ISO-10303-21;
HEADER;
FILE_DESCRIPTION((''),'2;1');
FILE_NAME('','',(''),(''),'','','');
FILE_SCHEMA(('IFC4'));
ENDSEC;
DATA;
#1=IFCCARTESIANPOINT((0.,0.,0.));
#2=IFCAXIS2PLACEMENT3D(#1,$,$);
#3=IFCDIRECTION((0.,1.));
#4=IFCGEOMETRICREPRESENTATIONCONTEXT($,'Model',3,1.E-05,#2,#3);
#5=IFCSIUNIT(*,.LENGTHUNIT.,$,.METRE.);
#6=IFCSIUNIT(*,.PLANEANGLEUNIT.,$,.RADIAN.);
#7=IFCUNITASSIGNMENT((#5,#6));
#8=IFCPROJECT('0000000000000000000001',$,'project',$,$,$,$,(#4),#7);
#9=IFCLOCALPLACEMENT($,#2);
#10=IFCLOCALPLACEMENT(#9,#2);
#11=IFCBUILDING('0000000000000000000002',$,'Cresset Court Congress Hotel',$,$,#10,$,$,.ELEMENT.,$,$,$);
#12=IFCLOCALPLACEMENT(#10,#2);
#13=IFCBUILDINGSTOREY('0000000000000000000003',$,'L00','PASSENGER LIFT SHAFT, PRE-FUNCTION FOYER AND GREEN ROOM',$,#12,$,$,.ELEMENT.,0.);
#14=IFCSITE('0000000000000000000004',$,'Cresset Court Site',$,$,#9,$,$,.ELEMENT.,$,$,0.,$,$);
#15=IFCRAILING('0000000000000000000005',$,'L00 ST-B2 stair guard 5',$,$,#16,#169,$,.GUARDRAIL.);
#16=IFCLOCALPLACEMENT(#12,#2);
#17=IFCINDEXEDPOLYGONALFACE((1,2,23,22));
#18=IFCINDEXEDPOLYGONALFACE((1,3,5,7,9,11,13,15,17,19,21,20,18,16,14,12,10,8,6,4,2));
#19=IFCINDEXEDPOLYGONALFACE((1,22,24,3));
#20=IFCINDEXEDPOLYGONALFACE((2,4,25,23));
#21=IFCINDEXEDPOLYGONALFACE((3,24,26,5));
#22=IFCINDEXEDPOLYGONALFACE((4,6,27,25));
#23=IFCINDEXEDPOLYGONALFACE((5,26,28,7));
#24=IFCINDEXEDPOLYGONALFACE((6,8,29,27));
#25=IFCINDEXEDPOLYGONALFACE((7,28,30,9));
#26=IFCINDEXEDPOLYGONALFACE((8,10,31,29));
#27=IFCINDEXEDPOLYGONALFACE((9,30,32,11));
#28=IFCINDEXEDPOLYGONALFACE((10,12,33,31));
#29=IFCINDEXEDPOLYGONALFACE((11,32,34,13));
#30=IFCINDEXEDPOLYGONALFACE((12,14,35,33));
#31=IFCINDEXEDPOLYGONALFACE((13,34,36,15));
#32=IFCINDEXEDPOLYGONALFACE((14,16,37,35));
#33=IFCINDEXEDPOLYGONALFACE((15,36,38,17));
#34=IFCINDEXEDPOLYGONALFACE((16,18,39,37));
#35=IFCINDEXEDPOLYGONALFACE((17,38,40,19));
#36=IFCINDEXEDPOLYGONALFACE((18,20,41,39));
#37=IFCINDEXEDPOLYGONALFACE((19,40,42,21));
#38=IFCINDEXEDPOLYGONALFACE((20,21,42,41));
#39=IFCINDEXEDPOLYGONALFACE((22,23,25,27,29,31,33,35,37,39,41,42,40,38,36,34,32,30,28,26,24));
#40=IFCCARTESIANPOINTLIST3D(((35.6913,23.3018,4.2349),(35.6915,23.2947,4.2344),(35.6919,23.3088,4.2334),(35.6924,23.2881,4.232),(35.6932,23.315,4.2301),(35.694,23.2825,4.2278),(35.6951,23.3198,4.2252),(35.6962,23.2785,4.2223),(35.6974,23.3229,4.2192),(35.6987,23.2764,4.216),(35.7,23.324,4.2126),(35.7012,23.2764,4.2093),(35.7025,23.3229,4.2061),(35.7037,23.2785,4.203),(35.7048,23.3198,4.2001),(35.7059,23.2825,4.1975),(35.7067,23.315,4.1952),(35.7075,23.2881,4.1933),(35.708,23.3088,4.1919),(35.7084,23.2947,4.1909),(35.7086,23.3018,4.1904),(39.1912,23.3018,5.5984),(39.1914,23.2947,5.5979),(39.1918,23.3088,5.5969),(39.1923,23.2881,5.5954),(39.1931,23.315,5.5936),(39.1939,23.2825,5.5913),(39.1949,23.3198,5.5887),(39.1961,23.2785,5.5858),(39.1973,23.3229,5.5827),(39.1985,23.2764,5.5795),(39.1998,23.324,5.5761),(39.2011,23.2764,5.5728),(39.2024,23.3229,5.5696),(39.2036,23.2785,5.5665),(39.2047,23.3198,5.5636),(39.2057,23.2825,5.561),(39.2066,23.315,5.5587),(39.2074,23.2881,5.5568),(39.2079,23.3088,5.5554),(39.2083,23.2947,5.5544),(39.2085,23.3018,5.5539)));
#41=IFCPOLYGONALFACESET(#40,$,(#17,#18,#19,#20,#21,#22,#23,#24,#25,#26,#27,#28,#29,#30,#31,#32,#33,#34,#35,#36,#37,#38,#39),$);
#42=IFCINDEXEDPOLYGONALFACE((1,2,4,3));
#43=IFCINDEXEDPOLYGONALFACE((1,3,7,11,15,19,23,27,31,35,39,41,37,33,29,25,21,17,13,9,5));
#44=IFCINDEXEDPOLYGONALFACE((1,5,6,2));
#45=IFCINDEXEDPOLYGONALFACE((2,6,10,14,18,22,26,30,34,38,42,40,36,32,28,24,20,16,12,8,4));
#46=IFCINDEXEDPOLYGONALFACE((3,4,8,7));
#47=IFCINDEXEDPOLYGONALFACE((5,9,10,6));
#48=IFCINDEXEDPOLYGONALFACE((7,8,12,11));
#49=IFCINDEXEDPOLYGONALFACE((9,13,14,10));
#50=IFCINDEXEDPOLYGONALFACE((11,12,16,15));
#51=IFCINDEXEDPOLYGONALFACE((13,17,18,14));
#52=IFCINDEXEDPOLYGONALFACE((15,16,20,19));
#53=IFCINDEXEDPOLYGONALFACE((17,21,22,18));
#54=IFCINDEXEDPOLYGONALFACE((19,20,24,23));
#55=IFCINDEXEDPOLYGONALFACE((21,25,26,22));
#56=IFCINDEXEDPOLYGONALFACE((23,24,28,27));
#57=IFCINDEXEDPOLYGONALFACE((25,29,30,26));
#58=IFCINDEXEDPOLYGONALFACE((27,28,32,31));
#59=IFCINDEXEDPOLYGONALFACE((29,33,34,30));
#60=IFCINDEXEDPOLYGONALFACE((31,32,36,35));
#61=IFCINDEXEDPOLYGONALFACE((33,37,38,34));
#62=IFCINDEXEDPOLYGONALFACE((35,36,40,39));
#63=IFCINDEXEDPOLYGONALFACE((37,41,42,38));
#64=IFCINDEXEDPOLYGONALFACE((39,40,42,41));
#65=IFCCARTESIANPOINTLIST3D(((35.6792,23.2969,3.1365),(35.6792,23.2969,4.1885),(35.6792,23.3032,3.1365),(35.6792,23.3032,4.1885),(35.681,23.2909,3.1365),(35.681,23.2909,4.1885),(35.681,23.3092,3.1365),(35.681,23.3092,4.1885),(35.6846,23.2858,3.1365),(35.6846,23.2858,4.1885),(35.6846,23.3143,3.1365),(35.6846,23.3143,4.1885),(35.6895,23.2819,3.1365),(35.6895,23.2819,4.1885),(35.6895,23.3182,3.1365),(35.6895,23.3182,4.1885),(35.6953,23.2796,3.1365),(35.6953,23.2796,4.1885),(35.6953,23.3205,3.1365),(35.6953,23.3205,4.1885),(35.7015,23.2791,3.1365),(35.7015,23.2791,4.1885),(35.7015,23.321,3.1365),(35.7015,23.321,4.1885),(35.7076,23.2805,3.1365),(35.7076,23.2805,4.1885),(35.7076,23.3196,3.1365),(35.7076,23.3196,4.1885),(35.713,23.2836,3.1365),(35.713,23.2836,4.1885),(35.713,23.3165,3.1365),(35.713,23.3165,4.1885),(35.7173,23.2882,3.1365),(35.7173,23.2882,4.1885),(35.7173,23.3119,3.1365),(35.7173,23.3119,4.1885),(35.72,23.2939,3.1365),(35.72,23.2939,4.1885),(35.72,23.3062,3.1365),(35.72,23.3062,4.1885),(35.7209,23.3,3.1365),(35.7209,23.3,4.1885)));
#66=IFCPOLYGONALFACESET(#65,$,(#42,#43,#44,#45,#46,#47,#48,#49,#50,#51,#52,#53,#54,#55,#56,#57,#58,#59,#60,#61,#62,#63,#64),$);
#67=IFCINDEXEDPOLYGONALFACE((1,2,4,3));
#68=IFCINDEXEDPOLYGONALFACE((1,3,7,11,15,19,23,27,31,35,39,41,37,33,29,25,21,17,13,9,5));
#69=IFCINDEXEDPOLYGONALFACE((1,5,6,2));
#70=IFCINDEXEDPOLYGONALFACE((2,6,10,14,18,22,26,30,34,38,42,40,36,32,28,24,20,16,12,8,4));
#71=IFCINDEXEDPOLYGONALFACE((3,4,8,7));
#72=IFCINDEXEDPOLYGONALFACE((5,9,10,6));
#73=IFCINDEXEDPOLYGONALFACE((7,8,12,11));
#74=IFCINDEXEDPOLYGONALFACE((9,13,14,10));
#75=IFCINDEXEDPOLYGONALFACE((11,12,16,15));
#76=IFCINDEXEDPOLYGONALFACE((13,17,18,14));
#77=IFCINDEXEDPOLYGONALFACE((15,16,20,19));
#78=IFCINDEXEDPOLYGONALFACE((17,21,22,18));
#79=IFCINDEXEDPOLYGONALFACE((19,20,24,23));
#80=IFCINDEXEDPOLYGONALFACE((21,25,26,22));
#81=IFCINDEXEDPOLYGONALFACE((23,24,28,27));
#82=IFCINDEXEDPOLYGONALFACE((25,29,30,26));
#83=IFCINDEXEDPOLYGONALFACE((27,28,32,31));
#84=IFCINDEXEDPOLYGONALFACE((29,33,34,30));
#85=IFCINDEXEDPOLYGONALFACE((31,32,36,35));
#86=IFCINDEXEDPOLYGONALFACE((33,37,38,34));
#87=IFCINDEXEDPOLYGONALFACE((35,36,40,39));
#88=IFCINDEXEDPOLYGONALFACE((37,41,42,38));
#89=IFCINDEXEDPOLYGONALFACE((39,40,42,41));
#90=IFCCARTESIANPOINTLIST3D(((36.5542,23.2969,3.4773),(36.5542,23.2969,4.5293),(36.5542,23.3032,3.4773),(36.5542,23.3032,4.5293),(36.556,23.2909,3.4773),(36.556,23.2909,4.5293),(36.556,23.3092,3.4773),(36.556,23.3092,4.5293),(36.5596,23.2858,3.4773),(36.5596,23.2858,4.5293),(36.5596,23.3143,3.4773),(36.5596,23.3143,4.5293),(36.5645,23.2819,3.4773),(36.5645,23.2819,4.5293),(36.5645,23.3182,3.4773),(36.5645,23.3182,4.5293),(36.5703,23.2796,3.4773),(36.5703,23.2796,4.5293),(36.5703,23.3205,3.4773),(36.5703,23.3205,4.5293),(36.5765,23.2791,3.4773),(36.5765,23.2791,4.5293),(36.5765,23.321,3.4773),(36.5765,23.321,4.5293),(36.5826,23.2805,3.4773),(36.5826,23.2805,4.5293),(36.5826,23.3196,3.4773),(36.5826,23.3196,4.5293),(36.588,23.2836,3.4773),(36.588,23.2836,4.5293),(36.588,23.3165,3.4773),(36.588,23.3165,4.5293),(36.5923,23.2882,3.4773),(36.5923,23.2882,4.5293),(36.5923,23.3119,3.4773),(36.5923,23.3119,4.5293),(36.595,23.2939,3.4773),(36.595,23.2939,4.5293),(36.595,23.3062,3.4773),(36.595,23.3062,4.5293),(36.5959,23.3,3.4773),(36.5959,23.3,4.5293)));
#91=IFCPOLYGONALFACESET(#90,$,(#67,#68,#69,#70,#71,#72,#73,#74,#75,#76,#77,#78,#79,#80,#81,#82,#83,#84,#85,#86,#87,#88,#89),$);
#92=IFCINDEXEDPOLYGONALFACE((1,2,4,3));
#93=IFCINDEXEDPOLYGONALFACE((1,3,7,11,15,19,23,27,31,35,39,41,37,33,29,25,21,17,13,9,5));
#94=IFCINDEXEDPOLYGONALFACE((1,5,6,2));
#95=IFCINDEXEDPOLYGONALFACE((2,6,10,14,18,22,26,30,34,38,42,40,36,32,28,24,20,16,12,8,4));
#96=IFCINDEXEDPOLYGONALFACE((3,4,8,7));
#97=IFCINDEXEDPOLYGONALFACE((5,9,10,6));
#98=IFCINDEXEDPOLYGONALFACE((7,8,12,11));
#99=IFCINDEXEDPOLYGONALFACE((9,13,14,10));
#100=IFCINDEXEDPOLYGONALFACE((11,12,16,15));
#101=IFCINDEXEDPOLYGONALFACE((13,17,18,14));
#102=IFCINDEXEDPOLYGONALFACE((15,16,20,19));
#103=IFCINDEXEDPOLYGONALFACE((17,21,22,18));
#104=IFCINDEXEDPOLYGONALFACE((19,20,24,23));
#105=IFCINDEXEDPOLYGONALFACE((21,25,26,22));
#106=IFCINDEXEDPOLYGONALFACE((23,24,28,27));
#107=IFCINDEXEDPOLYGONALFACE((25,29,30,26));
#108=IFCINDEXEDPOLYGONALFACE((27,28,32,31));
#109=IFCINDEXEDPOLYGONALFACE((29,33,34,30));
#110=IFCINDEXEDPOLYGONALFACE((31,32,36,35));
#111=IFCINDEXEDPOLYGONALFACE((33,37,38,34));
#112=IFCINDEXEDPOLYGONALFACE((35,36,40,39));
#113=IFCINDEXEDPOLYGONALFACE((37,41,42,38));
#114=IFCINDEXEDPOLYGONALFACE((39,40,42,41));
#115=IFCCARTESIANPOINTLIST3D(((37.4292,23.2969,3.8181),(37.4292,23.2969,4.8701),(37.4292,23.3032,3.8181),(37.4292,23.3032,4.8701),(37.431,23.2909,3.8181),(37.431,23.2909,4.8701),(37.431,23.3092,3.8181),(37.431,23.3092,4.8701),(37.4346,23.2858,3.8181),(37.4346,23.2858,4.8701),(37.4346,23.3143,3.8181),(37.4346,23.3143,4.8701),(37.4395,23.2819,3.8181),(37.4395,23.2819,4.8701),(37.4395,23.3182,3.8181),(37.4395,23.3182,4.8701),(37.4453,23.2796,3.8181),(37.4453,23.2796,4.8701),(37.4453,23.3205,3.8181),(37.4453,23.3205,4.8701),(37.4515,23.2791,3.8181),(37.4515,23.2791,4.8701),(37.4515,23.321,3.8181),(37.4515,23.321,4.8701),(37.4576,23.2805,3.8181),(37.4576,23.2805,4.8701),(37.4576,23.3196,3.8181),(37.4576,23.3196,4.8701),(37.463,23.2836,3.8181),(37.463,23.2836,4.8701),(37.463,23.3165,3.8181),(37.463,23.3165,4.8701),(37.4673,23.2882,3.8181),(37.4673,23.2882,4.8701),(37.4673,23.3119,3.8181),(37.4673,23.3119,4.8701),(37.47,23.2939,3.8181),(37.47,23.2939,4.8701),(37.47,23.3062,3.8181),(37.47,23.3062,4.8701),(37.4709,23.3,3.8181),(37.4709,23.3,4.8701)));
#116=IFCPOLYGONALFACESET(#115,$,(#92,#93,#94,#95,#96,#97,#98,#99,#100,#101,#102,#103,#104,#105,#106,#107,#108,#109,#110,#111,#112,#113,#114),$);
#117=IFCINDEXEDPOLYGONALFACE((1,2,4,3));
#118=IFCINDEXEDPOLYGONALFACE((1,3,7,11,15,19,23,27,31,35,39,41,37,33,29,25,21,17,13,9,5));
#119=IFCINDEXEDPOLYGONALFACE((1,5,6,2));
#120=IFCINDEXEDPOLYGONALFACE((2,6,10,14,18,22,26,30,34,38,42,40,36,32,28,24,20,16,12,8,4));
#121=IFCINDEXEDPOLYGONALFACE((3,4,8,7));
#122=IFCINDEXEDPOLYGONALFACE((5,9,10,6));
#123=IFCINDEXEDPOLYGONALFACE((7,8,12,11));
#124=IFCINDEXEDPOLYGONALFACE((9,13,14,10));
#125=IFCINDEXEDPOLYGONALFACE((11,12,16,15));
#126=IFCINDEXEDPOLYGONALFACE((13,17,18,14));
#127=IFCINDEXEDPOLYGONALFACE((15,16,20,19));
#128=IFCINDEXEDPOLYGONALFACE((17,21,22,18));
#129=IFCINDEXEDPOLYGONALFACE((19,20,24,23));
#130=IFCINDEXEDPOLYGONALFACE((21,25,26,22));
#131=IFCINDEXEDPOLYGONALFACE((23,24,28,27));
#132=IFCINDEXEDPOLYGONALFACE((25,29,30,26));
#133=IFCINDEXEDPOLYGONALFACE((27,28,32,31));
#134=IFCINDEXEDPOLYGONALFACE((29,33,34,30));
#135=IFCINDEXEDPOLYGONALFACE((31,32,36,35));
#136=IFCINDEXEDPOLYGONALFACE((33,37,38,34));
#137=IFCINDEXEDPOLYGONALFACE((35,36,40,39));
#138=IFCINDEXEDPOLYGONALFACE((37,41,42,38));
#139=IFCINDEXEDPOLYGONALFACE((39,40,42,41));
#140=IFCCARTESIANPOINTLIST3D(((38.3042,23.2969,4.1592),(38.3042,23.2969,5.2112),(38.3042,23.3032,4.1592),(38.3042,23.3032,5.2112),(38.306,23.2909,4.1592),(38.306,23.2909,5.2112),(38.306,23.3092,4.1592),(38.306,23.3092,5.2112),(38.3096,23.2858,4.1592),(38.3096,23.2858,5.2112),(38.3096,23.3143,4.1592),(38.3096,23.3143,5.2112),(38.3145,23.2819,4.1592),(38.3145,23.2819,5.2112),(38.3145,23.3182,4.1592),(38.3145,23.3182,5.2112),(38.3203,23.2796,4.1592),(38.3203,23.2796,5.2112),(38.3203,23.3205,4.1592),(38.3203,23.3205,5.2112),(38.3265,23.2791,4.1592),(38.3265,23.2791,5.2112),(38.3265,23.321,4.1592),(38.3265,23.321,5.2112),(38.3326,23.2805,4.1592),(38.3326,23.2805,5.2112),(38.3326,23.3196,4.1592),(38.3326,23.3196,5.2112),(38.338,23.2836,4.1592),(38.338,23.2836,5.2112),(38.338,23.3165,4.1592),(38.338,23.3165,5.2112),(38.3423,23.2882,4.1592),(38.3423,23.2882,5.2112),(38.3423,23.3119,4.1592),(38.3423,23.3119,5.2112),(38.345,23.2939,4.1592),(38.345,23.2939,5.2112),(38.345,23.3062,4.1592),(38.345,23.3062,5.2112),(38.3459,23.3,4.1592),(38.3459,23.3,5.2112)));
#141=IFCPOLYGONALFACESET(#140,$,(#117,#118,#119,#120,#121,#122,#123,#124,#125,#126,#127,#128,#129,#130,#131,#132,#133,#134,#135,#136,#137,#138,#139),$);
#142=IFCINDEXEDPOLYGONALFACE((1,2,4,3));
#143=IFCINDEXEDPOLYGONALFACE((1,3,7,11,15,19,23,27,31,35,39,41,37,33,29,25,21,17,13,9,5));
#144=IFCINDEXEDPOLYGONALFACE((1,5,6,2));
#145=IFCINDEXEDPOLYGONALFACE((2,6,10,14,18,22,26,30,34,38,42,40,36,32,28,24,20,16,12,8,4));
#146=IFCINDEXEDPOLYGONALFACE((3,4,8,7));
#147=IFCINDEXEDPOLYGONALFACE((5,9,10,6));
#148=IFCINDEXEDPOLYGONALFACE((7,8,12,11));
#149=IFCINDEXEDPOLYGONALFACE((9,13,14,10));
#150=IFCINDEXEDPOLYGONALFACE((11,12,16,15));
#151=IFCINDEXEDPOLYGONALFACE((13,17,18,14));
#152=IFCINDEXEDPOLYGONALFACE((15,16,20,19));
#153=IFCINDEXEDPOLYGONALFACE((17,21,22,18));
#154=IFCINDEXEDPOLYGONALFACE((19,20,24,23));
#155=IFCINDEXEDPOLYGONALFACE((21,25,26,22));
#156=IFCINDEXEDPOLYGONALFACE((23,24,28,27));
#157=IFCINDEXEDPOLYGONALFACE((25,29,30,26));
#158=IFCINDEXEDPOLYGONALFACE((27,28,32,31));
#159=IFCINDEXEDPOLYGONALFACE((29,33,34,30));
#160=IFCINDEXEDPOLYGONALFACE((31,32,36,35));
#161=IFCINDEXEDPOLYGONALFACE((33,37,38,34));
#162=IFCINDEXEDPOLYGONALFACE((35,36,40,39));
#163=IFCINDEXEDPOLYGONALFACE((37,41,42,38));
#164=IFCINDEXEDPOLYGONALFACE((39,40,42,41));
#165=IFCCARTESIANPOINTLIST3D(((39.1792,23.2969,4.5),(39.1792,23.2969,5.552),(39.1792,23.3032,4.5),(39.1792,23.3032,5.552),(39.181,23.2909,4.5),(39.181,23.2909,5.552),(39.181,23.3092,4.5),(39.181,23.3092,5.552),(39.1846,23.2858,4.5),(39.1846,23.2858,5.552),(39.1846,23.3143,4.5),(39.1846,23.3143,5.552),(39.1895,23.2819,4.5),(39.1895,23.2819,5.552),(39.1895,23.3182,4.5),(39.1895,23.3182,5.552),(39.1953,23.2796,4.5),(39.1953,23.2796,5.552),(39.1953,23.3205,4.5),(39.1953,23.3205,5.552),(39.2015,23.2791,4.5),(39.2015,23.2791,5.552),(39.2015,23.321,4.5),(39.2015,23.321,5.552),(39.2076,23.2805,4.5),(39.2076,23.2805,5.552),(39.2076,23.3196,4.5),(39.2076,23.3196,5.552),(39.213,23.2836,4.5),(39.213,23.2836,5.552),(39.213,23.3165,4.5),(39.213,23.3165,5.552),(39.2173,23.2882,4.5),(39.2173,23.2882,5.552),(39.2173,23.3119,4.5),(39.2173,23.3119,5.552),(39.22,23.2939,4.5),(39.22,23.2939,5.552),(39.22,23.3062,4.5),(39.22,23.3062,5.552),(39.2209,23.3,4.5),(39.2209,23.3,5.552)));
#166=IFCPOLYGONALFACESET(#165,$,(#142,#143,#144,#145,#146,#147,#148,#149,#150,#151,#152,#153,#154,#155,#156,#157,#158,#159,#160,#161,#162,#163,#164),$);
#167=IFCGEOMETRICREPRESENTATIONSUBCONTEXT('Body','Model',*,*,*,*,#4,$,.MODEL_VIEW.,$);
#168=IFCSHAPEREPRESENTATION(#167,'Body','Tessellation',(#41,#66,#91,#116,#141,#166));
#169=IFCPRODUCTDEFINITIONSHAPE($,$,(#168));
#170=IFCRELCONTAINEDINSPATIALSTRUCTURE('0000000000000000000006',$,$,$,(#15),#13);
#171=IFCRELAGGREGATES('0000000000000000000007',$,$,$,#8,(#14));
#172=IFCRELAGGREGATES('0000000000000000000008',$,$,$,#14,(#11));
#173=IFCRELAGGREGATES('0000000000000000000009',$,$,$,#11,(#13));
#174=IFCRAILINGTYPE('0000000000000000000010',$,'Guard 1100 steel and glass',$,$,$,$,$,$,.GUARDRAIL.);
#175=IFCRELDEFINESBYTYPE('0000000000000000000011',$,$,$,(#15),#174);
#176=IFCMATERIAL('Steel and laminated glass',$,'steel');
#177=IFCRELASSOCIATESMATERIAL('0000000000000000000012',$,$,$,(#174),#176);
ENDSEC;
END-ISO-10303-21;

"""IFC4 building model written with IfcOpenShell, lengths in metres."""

from ifc_helpers import new_model, si_unit, direction, frame, origin, origin_2d, place, context, subcontext, project, spatial, circle, extrude, material, type_object, element, save


model = new_model("IFC4")

# Units and contexts
model_context = context("Model", 3, precision=1e-05, world=origin(), true_north=direction((0.0, 1.0)))
body_context = subcontext(model_context, "Body", "Model", "MODEL_VIEW")
ifc_project = project(units=[si_unit("LENGTHUNIT", "METRE"), si_unit("PLANEANGLEUNIT", "RADIAN")], contexts=[model_context])

# Site, building, storey
site_placement = place(None, origin())
site = spatial("IfcSite", under=ifc_project, at=site_placement, Name="Cresset Court Site", CompositionType="ELEMENT", RefElevation=0.0)
building_placement = place(site_placement, origin())
building = spatial("IfcBuilding", under=site, at=building_placement, Name="Cresset Court Congress Hotel", CompositionType="ELEMENT")
storey_placement = place(building_placement, origin())
storey = spatial("IfcBuildingStorey", under=building, at=storey_placement, Name="L00", Description="PASSENGER LIFT SHAFT, PRE-FUNCTION FOYER AND GREEN ROOM", CompositionType="ELEMENT", Elevation=0.0)

# Railing
ifc_material_1 = material(Name="Steel and laminated glass", Category="steel")
railing_type_1 = type_object("IfcRailingType", Name="Guard 1100 steel and glass", PredefinedType="GUARDRAIL", material=ifc_material_1)
railing_1_placement = place(storey_placement, frame((35.7, 23.3, 3.1365)))
element("IfcRailing", 1, at=railing_1_placement, inside=storey, type_object=railing_type_1, Name="L00 ST-B2 stair guard 5", PredefinedType="GUARDRAIL", context=body_context, shape_type="SweptSolid", body=[
    extrude(circle(Radius=0.0239, at=origin_2d()), frame((0.0, 0.0, 1.0762), z_axis=(0.931787, 0.0, 0.363005), x_axis=(0.0, 1.0, 0.0)), (0.0, 0.0, 1.0), 3.7561),
    extrude(circle(Radius=0.021, at=origin_2d()), origin(), (0.0, 0.0, 1.0), 1.052),
    extrude(circle(Radius=0.021, at=origin_2d()), frame((0.875, 0.0, 0.3408)), (0.0, 0.0, 1.0), 1.052),
    extrude(circle(Radius=0.021, at=origin_2d()), frame((1.75, 0.0, 0.6816)), (0.0, 0.0, 1.0), 1.052),
    extrude(circle(Radius=0.021, at=origin_2d()), frame((2.625, 0.0, 1.0227)), (0.0, 0.0, 1.0), 1.052),
    extrude(circle(Radius=0.021, at=origin_2d()), frame((3.5, 0.0, 1.3635)), (0.0, 0.0, 1.0), 1.052),
])

save(model, "model.ifc")
